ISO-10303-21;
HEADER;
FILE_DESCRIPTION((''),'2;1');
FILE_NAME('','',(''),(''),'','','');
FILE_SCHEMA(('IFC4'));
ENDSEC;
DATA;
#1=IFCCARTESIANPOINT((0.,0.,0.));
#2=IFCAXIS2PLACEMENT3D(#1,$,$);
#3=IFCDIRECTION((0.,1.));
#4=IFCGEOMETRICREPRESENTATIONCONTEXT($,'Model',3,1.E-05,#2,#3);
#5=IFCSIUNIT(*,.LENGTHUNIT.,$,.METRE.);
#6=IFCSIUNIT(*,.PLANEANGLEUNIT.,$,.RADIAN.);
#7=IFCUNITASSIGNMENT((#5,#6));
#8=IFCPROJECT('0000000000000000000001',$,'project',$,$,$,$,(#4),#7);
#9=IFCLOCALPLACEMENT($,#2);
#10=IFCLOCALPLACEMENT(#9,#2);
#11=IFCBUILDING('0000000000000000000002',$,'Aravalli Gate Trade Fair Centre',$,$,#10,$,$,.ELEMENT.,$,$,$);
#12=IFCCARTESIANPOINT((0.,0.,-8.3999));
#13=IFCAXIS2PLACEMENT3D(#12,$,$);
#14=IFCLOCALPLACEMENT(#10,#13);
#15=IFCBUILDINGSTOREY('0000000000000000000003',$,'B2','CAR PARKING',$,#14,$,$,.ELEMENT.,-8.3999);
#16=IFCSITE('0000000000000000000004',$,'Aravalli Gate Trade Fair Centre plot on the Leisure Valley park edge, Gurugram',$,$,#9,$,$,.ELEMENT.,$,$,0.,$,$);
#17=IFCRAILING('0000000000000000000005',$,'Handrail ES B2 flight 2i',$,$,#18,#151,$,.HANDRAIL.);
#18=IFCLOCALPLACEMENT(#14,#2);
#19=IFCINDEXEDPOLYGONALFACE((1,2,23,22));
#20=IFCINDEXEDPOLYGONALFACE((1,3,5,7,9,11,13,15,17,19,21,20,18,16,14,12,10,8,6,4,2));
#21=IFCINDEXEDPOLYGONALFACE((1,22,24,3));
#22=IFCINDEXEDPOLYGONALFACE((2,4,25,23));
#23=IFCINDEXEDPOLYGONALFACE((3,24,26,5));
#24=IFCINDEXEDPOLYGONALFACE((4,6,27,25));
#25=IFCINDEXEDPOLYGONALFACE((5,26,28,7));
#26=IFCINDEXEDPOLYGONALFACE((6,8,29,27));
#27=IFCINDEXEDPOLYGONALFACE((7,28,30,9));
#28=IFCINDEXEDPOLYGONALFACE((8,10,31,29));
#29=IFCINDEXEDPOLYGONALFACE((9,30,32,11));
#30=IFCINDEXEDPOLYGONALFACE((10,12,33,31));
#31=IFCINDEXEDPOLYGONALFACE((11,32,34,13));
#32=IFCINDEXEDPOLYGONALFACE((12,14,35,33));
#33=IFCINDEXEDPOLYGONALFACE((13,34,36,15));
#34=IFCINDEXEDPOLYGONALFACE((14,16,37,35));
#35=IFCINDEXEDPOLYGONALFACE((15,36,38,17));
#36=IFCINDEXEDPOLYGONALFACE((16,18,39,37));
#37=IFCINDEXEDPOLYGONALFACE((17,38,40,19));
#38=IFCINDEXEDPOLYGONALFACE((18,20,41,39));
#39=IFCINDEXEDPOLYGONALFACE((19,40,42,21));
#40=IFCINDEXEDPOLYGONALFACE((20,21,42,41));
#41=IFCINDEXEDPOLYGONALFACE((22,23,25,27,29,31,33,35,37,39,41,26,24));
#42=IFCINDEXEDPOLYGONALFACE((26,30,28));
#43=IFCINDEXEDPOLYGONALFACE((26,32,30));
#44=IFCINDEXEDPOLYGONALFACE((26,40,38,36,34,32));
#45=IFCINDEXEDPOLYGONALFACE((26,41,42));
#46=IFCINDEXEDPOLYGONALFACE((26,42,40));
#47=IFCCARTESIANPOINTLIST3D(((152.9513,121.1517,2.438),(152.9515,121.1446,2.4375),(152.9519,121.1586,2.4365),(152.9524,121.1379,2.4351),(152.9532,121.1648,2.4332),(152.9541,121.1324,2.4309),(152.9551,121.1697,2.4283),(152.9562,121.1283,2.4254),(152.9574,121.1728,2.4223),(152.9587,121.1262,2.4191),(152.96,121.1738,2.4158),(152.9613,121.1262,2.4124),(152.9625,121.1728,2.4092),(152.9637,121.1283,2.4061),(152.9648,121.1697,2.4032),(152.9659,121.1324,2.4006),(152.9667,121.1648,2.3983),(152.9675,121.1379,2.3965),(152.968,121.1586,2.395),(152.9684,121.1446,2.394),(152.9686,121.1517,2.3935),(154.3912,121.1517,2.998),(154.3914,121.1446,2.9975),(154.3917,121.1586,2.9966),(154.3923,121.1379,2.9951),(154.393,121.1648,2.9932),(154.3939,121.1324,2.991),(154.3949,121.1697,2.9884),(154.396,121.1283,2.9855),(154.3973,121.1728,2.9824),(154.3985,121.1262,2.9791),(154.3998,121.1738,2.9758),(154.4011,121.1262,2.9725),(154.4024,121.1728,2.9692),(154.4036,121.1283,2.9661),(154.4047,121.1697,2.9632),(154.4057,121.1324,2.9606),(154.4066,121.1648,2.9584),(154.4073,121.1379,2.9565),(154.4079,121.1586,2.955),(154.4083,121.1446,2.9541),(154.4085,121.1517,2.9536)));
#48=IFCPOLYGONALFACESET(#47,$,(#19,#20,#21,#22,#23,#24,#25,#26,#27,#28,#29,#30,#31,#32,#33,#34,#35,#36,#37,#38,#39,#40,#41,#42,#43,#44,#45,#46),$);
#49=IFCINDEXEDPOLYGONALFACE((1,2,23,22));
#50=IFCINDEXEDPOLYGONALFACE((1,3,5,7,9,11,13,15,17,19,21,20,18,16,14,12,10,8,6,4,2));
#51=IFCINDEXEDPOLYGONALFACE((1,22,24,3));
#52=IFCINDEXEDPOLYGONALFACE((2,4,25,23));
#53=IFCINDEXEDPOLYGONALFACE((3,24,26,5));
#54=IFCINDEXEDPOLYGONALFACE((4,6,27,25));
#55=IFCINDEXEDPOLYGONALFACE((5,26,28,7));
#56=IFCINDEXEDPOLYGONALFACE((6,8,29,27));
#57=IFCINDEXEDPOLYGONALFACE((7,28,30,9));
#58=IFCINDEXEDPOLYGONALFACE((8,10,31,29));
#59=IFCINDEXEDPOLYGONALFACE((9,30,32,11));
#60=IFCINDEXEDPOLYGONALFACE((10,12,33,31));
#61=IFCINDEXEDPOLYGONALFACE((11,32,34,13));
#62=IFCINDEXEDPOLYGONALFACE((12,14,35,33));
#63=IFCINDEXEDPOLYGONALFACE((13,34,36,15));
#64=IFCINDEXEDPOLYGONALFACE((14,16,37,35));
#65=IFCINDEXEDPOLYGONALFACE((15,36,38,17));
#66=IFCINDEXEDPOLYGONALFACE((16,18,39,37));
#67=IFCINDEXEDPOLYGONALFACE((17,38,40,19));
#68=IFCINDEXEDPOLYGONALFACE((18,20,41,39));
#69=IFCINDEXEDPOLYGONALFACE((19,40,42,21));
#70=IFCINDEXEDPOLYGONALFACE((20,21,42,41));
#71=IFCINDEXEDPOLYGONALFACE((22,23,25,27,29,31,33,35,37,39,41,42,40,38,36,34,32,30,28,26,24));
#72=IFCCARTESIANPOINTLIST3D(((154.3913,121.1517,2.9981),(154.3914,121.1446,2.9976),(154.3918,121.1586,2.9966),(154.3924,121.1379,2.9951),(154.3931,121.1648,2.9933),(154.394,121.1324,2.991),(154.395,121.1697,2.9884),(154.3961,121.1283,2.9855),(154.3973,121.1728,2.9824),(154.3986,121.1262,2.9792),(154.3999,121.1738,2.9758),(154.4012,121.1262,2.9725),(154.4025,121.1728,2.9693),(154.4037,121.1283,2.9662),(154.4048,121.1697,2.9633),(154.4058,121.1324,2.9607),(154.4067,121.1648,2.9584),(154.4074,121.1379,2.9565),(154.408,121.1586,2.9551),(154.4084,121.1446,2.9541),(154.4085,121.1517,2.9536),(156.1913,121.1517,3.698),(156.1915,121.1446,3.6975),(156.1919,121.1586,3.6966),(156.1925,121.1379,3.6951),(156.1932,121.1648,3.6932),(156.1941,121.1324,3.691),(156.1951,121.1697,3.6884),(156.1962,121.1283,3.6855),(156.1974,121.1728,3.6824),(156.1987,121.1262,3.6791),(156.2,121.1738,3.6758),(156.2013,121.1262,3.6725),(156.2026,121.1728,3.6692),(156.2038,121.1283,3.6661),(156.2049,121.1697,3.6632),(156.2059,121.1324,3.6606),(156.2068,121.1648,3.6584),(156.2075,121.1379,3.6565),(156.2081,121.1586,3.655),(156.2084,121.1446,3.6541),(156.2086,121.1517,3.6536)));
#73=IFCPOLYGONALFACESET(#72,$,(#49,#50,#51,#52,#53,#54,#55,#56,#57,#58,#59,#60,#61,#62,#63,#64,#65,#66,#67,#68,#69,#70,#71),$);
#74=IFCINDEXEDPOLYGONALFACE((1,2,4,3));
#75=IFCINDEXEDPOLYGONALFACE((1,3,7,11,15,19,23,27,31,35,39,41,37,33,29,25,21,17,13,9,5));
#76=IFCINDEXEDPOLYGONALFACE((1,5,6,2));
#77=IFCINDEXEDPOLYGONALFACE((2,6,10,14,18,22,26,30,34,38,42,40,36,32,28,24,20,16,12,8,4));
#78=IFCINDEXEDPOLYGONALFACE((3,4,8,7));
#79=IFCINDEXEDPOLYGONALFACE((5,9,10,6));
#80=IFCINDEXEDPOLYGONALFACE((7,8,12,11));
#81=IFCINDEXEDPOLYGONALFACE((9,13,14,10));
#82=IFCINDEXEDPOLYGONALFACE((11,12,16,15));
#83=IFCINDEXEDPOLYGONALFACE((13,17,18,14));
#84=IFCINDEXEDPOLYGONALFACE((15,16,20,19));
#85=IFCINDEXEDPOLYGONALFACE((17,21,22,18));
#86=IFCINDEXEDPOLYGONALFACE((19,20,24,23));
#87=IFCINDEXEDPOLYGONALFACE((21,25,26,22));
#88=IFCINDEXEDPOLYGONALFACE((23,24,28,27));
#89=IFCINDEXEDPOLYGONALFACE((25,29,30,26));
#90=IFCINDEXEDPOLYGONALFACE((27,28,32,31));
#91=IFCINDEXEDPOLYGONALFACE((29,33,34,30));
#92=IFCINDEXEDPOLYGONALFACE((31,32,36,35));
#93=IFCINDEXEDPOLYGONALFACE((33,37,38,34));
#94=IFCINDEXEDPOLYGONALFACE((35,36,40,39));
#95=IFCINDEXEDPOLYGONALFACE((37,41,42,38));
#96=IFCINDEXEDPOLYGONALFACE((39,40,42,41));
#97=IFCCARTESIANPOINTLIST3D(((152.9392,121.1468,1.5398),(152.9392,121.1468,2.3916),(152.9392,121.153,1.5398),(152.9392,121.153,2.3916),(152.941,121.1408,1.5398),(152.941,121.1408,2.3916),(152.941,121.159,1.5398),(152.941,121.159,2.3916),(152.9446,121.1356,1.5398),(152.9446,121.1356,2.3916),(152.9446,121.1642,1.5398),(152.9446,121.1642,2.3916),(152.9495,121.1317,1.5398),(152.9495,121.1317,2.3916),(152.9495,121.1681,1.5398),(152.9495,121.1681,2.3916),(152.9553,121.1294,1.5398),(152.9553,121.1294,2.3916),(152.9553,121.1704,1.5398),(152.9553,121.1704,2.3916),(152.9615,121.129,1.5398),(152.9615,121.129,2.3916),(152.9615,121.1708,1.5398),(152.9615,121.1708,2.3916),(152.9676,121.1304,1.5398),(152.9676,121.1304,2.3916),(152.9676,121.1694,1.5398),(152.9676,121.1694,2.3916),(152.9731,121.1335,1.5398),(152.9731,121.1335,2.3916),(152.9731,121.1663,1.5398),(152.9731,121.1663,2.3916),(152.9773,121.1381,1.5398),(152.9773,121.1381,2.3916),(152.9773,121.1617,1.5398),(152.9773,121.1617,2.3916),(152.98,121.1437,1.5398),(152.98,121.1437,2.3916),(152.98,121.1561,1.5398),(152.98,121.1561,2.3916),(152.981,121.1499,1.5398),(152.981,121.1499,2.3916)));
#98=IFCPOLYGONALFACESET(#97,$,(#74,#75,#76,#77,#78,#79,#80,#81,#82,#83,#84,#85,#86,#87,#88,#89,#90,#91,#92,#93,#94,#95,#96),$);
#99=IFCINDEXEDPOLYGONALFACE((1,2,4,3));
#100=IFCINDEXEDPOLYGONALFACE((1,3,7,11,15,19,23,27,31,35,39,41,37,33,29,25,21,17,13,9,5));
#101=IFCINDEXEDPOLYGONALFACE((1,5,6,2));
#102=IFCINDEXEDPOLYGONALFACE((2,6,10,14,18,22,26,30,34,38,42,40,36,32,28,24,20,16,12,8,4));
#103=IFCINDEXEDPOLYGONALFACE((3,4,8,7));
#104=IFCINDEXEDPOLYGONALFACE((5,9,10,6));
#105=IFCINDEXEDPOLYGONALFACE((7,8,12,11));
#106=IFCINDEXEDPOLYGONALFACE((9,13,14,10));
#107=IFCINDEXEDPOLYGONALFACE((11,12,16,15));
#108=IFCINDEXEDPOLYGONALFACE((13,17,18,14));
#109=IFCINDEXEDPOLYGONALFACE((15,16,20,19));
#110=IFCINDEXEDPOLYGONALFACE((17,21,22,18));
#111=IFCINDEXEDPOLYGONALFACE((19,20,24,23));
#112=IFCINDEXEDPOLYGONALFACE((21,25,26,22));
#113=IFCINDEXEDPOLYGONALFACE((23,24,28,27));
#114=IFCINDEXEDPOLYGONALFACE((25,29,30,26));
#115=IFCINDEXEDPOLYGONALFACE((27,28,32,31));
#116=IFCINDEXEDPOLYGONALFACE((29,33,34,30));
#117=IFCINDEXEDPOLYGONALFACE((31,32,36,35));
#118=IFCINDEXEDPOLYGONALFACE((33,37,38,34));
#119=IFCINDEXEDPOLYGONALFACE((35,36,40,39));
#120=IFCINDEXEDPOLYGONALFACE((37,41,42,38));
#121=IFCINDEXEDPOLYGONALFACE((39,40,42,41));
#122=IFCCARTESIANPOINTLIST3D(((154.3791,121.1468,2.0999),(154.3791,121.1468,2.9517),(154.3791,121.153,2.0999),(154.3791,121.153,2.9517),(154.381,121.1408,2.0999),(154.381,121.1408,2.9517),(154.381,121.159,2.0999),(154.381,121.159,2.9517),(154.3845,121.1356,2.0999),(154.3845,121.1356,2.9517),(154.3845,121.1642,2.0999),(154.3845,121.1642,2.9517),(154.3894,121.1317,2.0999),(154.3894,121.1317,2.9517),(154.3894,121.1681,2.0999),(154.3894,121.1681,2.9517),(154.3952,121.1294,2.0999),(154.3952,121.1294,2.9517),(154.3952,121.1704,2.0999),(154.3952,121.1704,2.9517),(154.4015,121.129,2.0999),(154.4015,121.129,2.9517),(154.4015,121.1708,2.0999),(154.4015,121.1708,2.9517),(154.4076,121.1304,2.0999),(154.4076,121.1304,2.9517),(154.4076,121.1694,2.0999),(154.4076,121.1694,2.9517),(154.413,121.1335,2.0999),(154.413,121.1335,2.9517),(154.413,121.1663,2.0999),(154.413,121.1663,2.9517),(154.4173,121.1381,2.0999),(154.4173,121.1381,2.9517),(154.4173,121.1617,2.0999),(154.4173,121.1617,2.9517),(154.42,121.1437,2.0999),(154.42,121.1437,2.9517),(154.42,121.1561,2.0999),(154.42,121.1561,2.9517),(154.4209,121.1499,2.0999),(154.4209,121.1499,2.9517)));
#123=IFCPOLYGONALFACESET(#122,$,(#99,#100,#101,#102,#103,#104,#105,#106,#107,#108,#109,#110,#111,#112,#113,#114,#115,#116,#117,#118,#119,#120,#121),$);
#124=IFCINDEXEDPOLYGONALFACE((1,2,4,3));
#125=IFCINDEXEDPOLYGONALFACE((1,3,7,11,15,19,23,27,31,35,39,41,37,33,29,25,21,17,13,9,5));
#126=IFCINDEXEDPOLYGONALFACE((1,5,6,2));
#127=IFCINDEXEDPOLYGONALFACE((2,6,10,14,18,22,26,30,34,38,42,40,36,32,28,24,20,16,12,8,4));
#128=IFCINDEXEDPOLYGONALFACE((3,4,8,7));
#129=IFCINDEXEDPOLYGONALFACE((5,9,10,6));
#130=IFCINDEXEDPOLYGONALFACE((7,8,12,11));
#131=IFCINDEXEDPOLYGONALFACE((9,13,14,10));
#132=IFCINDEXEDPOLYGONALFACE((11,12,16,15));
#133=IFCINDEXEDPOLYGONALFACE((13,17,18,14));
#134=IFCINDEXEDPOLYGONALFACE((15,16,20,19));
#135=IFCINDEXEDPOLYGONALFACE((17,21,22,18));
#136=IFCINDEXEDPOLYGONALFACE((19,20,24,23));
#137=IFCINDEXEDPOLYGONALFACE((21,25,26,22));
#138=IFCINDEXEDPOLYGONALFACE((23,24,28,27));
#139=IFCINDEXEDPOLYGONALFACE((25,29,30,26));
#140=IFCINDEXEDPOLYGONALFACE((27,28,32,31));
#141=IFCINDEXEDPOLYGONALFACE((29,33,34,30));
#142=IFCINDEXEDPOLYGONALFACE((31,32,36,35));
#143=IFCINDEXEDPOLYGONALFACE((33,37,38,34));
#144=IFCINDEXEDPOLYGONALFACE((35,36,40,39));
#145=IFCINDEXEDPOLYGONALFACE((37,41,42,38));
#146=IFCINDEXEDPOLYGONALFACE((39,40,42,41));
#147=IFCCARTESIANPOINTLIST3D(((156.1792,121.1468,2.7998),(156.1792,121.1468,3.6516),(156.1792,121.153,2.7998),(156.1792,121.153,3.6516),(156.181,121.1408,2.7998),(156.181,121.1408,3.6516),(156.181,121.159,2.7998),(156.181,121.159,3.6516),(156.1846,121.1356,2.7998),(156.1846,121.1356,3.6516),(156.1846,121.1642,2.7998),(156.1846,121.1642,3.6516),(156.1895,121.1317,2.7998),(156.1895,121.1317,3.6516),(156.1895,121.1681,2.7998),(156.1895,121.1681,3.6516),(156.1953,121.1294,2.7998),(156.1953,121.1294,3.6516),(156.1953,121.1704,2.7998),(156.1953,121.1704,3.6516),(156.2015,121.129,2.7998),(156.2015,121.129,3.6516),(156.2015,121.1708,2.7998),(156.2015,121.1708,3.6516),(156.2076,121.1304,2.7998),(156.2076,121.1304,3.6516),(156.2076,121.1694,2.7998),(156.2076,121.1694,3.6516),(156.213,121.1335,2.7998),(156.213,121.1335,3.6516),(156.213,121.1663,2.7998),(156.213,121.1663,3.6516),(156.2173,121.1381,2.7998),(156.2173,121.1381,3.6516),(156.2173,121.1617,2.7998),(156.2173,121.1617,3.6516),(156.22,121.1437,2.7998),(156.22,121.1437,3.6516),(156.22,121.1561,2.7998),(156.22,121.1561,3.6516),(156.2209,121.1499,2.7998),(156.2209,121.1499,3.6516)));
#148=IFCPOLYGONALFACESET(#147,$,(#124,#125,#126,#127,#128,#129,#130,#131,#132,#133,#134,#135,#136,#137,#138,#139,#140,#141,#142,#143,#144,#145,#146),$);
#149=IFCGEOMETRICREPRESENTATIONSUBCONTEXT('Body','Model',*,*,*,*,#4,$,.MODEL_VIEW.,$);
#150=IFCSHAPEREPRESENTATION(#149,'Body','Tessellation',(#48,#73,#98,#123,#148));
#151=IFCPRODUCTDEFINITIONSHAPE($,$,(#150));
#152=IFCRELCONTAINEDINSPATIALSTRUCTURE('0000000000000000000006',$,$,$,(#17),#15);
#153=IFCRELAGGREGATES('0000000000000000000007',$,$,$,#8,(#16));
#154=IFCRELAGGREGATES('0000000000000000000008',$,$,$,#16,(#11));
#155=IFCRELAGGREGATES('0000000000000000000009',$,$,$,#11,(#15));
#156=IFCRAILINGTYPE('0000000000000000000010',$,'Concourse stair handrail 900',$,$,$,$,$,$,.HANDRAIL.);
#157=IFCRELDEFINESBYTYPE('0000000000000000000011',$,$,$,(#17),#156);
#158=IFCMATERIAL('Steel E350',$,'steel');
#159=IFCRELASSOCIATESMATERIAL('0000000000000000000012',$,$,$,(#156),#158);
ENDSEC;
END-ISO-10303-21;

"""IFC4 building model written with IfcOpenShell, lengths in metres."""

from ifc_helpers import new_model, si_unit, direction, frame, origin, origin_2d, place, context, subcontext, project, spatial, circle, extrude, material, type_object, element, save


model = new_model("IFC4")

# Units and contexts
model_context = context("Model", 3, precision=1e-05, world=origin(), true_north=direction((0.0, 1.0)))
body_context = subcontext(model_context, "Body", "Model", "MODEL_VIEW")
ifc_project = project(units=[si_unit("LENGTHUNIT", "METRE"), si_unit("PLANEANGLEUNIT", "RADIAN")], contexts=[model_context])

# Site, building, storey
site_placement = place(None, origin())
site = spatial("IfcSite", under=ifc_project, at=site_placement, Name="Aravalli Gate Trade Fair Centre plot on the Leisure Valley park edge, Gurugram", CompositionType="ELEMENT", RefElevation=0.0)
building_placement = place(site_placement, origin())
building = spatial("IfcBuilding", under=site, at=building_placement, Name="Aravalli Gate Trade Fair Centre", CompositionType="ELEMENT")
storey_placement = place(building_placement, frame((0.0, 0.0, -8.3999)))
storey = spatial("IfcBuildingStorey", under=building, at=storey_placement, Name="B2", Description="CAR PARKING", CompositionType="ELEMENT", Elevation=-8.3999)

# Shared definitions
ifc_material_1 = material(Name="Steel E350", Category="steel")

# Railing
railing_type = type_object("IfcRailingType", Name="Concourse stair handrail 900", PredefinedType="HANDRAIL", material=ifc_material_1)
for number, where, name in (
    (1, (152.96, 121.1499, 1.5398), "Handrail ES B2 flight 2i"),
):
    element("IfcRailing", number, at=place(storey_placement, frame(where)), inside=storey, type_object=railing_type, Name=name, PredefinedType="HANDRAIL", context=body_context, shape_type="SweptSolid", body=[
        extrude(circle(Radius=0.0239, at=origin_2d()), frame((0.0, 0.0, 0.876), z_axis=(0.931987, 0.0, 0.362492), x_axis=(0.0, 1.0, 0.0)), (0.0, 0.0, 1.0), 1.5449),
        extrude(circle(Radius=0.0239, at=origin_2d()), frame((1.4399, 0.0, 1.436), z_axis=(0.932017, 0.0, 0.362416), x_axis=(0.0, 1.0, 0.0)), (0.0, 0.0, 1.0), 1.9314),
        extrude(circle(Radius=0.021, at=origin_2d()), origin(), (0.0, 0.0, 1.0), 0.8518),
        extrude(circle(Radius=0.021, at=origin_2d()), frame((1.4399, 0.0, 0.5601)), (0.0, 0.0, 1.0), 0.8518),
        extrude(circle(Radius=0.021, at=origin_2d()), frame((3.24, 0.0, 1.26)), (0.0, 0.0, 1.0), 0.8518),
    ])

save(model, "model.ifc")
